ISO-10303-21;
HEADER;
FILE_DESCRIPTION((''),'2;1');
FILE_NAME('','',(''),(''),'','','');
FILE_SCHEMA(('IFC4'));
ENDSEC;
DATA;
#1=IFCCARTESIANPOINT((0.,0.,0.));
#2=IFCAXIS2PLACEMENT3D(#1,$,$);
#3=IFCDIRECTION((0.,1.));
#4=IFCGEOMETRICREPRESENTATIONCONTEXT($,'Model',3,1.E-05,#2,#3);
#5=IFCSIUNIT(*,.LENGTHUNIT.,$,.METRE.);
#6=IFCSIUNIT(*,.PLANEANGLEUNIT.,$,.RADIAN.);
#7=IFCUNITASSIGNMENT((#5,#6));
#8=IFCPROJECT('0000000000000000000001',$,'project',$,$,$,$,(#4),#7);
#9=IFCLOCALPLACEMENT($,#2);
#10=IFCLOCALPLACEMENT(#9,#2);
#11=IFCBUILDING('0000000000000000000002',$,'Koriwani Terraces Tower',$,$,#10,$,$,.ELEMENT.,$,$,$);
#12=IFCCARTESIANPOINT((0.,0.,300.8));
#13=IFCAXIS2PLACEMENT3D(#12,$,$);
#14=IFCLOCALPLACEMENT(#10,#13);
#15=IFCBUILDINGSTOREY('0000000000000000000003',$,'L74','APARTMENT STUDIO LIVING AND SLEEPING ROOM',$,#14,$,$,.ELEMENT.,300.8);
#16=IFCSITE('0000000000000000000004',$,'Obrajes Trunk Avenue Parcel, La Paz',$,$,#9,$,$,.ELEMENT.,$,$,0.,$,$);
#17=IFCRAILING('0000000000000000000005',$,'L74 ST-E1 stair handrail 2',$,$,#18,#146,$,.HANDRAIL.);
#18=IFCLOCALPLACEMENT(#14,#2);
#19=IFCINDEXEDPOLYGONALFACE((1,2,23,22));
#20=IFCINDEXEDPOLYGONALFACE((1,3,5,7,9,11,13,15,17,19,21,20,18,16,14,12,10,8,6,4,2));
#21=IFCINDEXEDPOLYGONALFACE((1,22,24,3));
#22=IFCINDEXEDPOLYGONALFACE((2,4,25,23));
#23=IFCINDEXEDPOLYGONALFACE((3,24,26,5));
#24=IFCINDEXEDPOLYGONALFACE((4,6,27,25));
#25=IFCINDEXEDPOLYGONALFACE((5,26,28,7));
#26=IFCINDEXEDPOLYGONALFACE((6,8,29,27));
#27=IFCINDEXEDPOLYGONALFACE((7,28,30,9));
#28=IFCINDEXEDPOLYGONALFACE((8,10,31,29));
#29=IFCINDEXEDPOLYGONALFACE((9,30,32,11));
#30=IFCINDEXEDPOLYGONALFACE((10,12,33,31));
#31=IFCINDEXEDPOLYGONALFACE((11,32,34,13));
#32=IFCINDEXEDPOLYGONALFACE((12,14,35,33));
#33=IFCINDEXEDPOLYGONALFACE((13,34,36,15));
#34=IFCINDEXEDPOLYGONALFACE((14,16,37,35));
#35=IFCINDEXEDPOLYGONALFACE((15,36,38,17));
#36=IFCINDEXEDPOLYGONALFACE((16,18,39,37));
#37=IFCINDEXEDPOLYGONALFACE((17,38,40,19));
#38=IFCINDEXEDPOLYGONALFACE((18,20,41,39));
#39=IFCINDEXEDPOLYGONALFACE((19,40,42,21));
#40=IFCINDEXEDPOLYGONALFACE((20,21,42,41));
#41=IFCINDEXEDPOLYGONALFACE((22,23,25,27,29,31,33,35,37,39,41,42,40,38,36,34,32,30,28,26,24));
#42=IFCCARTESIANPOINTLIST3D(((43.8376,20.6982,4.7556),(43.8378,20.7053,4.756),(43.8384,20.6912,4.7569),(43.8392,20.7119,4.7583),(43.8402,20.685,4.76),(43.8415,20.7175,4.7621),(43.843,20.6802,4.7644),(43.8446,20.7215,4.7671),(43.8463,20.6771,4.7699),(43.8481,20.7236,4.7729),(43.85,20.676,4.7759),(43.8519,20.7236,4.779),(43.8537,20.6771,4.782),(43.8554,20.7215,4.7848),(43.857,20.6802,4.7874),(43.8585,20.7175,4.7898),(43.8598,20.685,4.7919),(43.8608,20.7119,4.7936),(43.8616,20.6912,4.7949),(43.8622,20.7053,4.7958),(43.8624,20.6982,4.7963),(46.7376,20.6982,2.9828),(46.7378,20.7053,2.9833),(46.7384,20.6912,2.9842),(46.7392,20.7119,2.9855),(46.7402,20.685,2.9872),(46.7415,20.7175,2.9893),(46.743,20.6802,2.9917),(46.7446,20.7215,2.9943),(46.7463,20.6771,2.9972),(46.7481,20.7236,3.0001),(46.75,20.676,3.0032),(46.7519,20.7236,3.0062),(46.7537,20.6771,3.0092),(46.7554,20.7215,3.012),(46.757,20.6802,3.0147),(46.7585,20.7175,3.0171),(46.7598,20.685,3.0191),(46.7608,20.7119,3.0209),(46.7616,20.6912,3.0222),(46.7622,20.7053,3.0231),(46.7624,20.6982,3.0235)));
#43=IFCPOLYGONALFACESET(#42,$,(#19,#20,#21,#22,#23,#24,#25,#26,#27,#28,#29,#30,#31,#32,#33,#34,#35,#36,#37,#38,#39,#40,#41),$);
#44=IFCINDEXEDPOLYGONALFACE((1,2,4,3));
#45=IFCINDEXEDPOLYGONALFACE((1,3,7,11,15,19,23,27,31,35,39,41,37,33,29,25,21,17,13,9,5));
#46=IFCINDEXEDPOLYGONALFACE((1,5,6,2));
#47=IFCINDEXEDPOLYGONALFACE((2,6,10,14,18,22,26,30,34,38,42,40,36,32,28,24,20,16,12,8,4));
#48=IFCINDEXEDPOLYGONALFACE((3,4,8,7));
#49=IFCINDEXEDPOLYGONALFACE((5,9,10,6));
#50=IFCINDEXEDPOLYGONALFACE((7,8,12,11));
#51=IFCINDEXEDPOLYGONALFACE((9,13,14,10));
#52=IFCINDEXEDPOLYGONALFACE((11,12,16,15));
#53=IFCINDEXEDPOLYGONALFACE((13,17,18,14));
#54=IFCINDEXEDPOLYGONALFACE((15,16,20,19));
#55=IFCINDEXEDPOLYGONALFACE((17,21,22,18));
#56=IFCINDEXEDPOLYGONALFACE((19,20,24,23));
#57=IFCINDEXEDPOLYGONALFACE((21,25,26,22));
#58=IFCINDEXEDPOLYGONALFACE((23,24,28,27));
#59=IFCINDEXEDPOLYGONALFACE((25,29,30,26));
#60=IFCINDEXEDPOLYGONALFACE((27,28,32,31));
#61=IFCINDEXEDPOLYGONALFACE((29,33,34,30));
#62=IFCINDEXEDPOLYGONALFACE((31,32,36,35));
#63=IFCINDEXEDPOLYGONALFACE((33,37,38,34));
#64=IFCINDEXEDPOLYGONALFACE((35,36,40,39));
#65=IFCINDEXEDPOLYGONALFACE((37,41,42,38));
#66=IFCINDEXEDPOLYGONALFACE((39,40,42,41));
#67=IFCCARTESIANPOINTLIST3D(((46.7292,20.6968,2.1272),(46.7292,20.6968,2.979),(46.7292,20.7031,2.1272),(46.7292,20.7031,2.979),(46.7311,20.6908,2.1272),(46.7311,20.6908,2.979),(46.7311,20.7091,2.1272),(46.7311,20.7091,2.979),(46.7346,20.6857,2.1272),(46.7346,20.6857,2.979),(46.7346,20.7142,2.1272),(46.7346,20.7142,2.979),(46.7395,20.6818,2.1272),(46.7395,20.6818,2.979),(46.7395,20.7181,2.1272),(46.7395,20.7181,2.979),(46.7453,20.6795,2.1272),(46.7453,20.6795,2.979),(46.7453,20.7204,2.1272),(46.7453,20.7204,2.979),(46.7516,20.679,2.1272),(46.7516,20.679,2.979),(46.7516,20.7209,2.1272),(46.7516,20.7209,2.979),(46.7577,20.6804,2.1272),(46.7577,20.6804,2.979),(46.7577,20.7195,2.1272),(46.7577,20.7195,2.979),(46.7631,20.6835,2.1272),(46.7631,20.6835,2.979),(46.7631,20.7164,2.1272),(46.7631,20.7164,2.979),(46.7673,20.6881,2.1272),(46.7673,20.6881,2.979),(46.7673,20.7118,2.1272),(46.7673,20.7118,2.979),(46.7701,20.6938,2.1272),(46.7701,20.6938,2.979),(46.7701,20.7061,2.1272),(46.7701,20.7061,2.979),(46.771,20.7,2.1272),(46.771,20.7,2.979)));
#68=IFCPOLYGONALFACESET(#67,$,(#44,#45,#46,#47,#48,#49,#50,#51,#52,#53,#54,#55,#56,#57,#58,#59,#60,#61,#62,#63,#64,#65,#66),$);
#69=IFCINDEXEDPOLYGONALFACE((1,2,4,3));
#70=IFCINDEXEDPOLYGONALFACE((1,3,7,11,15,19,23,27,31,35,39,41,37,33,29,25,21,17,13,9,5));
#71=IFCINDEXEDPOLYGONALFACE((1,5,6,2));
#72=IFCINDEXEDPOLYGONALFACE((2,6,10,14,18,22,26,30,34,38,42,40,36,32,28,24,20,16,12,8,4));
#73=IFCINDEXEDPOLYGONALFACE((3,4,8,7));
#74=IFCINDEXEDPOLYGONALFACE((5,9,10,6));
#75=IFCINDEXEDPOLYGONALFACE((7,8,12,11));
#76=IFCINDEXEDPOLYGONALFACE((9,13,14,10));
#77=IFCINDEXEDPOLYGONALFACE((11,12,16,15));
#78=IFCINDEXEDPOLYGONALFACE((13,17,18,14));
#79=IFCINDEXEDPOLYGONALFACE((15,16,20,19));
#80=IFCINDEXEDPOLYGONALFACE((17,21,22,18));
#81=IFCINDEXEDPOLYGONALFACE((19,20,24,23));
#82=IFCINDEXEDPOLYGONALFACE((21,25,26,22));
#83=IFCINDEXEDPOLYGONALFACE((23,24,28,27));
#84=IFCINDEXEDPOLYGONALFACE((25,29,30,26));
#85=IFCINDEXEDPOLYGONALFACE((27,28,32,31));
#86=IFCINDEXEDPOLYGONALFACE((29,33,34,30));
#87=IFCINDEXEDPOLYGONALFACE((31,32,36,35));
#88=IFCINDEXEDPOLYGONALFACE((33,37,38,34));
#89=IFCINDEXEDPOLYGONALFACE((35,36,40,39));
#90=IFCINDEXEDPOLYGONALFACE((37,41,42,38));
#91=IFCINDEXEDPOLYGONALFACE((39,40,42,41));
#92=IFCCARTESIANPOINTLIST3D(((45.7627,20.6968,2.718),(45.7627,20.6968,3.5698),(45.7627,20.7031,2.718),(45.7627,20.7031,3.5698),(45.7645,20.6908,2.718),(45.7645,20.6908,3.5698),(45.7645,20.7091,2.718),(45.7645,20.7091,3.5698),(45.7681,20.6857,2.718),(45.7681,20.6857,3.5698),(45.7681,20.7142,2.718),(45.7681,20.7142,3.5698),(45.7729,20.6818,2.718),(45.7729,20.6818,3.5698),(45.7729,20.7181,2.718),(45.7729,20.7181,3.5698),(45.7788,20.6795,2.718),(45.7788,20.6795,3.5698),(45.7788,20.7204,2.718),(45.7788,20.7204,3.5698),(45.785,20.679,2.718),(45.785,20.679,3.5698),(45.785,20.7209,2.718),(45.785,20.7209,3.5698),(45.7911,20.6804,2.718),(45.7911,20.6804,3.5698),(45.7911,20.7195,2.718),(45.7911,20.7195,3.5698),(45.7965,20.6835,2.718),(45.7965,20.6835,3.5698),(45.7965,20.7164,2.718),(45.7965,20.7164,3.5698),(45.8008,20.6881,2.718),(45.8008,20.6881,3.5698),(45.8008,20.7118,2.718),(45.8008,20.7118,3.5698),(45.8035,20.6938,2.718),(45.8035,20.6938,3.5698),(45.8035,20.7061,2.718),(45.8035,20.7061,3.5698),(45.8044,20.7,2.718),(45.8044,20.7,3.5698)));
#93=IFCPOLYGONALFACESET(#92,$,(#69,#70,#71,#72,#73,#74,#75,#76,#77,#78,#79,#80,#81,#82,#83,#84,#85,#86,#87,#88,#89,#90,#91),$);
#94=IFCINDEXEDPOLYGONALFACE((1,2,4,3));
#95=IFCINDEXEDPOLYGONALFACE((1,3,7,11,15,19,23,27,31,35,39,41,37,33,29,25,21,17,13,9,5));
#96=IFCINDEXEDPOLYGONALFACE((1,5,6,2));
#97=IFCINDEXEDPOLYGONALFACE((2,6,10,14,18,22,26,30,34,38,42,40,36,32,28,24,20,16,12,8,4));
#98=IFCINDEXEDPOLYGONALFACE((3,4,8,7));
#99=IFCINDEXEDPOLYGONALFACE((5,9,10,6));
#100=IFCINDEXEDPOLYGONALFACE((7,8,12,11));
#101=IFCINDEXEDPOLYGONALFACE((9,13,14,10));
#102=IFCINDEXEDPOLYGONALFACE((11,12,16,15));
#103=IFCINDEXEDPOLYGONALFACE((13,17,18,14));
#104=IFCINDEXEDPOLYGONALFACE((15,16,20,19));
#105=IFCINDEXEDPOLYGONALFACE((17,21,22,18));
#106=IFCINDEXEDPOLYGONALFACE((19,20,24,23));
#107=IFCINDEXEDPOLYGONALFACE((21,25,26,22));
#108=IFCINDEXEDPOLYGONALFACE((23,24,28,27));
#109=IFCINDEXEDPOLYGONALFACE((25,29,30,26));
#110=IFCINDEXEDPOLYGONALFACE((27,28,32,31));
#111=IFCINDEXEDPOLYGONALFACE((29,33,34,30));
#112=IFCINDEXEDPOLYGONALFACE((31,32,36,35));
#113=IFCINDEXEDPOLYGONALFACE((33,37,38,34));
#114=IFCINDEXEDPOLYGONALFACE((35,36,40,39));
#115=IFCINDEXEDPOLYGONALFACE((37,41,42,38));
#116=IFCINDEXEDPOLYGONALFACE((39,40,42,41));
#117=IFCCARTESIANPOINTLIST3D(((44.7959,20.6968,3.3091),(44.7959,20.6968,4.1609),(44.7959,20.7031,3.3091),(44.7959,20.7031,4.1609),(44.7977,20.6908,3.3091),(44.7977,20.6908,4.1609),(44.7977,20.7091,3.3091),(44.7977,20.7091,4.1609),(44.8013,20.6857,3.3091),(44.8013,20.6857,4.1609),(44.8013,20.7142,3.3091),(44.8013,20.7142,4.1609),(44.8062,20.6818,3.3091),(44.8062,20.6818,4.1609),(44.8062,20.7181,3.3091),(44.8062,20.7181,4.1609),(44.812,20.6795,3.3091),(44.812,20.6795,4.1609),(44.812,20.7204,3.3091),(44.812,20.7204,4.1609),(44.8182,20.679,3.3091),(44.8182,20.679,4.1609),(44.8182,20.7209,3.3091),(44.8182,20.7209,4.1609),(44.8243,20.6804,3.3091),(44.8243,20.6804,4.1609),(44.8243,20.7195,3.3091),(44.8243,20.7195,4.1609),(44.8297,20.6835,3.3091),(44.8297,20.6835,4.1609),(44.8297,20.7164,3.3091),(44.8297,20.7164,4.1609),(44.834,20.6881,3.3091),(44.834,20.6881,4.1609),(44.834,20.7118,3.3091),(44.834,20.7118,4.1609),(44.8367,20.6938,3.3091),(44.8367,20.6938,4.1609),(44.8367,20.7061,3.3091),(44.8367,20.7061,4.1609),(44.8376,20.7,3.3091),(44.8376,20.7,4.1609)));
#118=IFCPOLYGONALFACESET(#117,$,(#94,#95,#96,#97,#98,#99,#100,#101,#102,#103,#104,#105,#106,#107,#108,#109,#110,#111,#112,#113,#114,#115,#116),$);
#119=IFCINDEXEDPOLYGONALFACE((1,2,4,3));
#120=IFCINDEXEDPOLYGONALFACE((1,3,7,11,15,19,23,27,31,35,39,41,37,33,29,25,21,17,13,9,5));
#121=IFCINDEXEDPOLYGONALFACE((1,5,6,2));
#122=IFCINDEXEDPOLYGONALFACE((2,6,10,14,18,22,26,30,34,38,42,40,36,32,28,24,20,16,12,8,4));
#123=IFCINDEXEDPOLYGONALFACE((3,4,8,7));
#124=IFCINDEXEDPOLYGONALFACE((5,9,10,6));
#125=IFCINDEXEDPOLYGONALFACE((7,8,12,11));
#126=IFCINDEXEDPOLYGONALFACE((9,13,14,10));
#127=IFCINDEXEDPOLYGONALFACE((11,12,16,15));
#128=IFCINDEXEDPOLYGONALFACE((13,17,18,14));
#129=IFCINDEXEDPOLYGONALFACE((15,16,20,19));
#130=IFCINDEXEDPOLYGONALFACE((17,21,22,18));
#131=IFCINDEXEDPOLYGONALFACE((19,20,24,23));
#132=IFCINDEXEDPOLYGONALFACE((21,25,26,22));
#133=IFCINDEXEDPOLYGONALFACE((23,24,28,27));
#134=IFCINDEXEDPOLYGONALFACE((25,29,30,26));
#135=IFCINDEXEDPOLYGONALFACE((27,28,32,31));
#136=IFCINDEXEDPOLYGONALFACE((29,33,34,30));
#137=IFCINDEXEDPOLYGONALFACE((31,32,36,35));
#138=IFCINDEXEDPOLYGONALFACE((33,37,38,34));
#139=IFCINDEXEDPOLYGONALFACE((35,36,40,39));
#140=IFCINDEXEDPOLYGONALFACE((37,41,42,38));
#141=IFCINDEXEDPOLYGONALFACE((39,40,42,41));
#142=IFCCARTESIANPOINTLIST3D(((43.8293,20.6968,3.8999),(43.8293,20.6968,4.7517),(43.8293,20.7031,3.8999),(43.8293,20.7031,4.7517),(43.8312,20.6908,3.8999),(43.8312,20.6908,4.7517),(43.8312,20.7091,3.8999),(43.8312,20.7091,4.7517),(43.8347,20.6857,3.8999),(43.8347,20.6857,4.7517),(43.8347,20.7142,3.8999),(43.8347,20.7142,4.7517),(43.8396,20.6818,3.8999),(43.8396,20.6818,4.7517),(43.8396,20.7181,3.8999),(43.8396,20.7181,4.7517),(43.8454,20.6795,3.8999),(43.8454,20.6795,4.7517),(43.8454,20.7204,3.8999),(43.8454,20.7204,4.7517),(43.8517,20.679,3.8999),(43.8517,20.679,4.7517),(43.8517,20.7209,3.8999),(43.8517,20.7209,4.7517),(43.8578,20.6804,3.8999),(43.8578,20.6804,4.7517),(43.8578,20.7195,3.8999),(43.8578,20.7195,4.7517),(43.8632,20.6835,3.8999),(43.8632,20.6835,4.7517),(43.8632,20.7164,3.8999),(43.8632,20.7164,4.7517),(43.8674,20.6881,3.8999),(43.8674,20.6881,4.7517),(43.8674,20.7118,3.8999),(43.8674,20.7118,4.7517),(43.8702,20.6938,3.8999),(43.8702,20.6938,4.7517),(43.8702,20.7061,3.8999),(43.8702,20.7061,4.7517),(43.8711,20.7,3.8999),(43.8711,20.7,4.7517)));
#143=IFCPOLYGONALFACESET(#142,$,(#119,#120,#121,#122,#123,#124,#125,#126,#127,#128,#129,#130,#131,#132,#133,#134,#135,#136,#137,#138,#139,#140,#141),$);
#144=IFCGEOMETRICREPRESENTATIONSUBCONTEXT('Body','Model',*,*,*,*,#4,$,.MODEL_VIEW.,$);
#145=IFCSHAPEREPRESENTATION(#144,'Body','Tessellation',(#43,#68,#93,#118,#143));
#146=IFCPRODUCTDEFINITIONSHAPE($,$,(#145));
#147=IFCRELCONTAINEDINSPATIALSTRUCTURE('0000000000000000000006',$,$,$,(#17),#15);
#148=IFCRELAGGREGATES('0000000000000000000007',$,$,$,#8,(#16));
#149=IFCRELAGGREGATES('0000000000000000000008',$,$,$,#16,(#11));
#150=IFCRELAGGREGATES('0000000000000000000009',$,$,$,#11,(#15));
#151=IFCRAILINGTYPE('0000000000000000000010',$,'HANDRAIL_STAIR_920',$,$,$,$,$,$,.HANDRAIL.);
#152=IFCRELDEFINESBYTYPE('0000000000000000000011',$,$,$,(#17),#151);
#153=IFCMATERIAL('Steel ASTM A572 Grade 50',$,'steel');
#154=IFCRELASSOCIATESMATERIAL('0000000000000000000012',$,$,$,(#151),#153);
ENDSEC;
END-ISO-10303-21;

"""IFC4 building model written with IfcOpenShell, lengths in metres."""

from ifc_helpers import new_model, si_unit, direction, frame, origin, origin_2d, place, context, subcontext, project, spatial, circle, extrude, material, type_object, element, save


model = new_model("IFC4")

# Units and contexts
model_context = context("Model", 3, precision=1e-05, world=origin(), true_north=direction((0.0, 1.0)))
body_context = subcontext(model_context, "Body", "Model", "MODEL_VIEW")
ifc_project = project(units=[si_unit("LENGTHUNIT", "METRE"), si_unit("PLANEANGLEUNIT", "RADIAN")], contexts=[model_context])

# Site, building, storey
site_placement = place(None, origin())
site = spatial("IfcSite", under=ifc_project, at=site_placement, Name="Obrajes Trunk Avenue Parcel, La Paz", CompositionType="ELEMENT", RefElevation=0.0)
building_placement = place(site_placement, origin())
building = spatial("IfcBuilding", under=site, at=building_placement, Name="Koriwani Terraces Tower", CompositionType="ELEMENT")
storey_placement = place(building_placement, frame((0.0, 0.0, 300.8)))
storey = spatial("IfcBuildingStorey", under=building, at=storey_placement, Name="L74", Description="APARTMENT STUDIO LIVING AND SLEEPING ROOM", CompositionType="ELEMENT", Elevation=300.8)

# Shared definitions
ifc_material_1 = material(Name="Steel ASTM A572 Grade 50", Category="steel")

# Railing
railing_type_1 = type_object("IfcRailingType", Name="HANDRAIL_STAIR_920", PredefinedType="HANDRAIL", material=ifc_material_1)
railing_1_placement = place(storey_placement, frame((46.75, 20.7, 2.1272)))
element("IfcRailing", 1, at=railing_1_placement, inside=storey, type_object=railing_type_1, Name="L74 ST-E1 stair handrail 2", PredefinedType="HANDRAIL", context=body_context, shape_type="SweptSolid", body=[
    extrude(circle(Radius=0.0239, at=origin_2d()), frame((0.0, 0.0, 0.876), z_axis=(-0.853211, 0.0, 0.521566), x_axis=(0.0, -1.0, 0.0)), (0.0, 0.0, 1.0), 3.3989),
    extrude(circle(Radius=0.021, at=origin_2d()), origin(), (0.0, 0.0, 1.0), 0.8518),
    extrude(circle(Radius=0.021, at=origin_2d()), frame((-0.9666, 0.0, 0.5908)), (0.0, 0.0, 1.0), 0.8518),
    extrude(circle(Radius=0.021, at=origin_2d()), frame((-1.9333, 0.0, 1.1819)), (0.0, 0.0, 1.0), 0.8518),
    extrude(circle(Radius=0.021, at=origin_2d()), frame((-2.8999, 0.0, 1.7727)), (0.0, 0.0, 1.0), 0.8518),
])

save(model, "model.ifc")
